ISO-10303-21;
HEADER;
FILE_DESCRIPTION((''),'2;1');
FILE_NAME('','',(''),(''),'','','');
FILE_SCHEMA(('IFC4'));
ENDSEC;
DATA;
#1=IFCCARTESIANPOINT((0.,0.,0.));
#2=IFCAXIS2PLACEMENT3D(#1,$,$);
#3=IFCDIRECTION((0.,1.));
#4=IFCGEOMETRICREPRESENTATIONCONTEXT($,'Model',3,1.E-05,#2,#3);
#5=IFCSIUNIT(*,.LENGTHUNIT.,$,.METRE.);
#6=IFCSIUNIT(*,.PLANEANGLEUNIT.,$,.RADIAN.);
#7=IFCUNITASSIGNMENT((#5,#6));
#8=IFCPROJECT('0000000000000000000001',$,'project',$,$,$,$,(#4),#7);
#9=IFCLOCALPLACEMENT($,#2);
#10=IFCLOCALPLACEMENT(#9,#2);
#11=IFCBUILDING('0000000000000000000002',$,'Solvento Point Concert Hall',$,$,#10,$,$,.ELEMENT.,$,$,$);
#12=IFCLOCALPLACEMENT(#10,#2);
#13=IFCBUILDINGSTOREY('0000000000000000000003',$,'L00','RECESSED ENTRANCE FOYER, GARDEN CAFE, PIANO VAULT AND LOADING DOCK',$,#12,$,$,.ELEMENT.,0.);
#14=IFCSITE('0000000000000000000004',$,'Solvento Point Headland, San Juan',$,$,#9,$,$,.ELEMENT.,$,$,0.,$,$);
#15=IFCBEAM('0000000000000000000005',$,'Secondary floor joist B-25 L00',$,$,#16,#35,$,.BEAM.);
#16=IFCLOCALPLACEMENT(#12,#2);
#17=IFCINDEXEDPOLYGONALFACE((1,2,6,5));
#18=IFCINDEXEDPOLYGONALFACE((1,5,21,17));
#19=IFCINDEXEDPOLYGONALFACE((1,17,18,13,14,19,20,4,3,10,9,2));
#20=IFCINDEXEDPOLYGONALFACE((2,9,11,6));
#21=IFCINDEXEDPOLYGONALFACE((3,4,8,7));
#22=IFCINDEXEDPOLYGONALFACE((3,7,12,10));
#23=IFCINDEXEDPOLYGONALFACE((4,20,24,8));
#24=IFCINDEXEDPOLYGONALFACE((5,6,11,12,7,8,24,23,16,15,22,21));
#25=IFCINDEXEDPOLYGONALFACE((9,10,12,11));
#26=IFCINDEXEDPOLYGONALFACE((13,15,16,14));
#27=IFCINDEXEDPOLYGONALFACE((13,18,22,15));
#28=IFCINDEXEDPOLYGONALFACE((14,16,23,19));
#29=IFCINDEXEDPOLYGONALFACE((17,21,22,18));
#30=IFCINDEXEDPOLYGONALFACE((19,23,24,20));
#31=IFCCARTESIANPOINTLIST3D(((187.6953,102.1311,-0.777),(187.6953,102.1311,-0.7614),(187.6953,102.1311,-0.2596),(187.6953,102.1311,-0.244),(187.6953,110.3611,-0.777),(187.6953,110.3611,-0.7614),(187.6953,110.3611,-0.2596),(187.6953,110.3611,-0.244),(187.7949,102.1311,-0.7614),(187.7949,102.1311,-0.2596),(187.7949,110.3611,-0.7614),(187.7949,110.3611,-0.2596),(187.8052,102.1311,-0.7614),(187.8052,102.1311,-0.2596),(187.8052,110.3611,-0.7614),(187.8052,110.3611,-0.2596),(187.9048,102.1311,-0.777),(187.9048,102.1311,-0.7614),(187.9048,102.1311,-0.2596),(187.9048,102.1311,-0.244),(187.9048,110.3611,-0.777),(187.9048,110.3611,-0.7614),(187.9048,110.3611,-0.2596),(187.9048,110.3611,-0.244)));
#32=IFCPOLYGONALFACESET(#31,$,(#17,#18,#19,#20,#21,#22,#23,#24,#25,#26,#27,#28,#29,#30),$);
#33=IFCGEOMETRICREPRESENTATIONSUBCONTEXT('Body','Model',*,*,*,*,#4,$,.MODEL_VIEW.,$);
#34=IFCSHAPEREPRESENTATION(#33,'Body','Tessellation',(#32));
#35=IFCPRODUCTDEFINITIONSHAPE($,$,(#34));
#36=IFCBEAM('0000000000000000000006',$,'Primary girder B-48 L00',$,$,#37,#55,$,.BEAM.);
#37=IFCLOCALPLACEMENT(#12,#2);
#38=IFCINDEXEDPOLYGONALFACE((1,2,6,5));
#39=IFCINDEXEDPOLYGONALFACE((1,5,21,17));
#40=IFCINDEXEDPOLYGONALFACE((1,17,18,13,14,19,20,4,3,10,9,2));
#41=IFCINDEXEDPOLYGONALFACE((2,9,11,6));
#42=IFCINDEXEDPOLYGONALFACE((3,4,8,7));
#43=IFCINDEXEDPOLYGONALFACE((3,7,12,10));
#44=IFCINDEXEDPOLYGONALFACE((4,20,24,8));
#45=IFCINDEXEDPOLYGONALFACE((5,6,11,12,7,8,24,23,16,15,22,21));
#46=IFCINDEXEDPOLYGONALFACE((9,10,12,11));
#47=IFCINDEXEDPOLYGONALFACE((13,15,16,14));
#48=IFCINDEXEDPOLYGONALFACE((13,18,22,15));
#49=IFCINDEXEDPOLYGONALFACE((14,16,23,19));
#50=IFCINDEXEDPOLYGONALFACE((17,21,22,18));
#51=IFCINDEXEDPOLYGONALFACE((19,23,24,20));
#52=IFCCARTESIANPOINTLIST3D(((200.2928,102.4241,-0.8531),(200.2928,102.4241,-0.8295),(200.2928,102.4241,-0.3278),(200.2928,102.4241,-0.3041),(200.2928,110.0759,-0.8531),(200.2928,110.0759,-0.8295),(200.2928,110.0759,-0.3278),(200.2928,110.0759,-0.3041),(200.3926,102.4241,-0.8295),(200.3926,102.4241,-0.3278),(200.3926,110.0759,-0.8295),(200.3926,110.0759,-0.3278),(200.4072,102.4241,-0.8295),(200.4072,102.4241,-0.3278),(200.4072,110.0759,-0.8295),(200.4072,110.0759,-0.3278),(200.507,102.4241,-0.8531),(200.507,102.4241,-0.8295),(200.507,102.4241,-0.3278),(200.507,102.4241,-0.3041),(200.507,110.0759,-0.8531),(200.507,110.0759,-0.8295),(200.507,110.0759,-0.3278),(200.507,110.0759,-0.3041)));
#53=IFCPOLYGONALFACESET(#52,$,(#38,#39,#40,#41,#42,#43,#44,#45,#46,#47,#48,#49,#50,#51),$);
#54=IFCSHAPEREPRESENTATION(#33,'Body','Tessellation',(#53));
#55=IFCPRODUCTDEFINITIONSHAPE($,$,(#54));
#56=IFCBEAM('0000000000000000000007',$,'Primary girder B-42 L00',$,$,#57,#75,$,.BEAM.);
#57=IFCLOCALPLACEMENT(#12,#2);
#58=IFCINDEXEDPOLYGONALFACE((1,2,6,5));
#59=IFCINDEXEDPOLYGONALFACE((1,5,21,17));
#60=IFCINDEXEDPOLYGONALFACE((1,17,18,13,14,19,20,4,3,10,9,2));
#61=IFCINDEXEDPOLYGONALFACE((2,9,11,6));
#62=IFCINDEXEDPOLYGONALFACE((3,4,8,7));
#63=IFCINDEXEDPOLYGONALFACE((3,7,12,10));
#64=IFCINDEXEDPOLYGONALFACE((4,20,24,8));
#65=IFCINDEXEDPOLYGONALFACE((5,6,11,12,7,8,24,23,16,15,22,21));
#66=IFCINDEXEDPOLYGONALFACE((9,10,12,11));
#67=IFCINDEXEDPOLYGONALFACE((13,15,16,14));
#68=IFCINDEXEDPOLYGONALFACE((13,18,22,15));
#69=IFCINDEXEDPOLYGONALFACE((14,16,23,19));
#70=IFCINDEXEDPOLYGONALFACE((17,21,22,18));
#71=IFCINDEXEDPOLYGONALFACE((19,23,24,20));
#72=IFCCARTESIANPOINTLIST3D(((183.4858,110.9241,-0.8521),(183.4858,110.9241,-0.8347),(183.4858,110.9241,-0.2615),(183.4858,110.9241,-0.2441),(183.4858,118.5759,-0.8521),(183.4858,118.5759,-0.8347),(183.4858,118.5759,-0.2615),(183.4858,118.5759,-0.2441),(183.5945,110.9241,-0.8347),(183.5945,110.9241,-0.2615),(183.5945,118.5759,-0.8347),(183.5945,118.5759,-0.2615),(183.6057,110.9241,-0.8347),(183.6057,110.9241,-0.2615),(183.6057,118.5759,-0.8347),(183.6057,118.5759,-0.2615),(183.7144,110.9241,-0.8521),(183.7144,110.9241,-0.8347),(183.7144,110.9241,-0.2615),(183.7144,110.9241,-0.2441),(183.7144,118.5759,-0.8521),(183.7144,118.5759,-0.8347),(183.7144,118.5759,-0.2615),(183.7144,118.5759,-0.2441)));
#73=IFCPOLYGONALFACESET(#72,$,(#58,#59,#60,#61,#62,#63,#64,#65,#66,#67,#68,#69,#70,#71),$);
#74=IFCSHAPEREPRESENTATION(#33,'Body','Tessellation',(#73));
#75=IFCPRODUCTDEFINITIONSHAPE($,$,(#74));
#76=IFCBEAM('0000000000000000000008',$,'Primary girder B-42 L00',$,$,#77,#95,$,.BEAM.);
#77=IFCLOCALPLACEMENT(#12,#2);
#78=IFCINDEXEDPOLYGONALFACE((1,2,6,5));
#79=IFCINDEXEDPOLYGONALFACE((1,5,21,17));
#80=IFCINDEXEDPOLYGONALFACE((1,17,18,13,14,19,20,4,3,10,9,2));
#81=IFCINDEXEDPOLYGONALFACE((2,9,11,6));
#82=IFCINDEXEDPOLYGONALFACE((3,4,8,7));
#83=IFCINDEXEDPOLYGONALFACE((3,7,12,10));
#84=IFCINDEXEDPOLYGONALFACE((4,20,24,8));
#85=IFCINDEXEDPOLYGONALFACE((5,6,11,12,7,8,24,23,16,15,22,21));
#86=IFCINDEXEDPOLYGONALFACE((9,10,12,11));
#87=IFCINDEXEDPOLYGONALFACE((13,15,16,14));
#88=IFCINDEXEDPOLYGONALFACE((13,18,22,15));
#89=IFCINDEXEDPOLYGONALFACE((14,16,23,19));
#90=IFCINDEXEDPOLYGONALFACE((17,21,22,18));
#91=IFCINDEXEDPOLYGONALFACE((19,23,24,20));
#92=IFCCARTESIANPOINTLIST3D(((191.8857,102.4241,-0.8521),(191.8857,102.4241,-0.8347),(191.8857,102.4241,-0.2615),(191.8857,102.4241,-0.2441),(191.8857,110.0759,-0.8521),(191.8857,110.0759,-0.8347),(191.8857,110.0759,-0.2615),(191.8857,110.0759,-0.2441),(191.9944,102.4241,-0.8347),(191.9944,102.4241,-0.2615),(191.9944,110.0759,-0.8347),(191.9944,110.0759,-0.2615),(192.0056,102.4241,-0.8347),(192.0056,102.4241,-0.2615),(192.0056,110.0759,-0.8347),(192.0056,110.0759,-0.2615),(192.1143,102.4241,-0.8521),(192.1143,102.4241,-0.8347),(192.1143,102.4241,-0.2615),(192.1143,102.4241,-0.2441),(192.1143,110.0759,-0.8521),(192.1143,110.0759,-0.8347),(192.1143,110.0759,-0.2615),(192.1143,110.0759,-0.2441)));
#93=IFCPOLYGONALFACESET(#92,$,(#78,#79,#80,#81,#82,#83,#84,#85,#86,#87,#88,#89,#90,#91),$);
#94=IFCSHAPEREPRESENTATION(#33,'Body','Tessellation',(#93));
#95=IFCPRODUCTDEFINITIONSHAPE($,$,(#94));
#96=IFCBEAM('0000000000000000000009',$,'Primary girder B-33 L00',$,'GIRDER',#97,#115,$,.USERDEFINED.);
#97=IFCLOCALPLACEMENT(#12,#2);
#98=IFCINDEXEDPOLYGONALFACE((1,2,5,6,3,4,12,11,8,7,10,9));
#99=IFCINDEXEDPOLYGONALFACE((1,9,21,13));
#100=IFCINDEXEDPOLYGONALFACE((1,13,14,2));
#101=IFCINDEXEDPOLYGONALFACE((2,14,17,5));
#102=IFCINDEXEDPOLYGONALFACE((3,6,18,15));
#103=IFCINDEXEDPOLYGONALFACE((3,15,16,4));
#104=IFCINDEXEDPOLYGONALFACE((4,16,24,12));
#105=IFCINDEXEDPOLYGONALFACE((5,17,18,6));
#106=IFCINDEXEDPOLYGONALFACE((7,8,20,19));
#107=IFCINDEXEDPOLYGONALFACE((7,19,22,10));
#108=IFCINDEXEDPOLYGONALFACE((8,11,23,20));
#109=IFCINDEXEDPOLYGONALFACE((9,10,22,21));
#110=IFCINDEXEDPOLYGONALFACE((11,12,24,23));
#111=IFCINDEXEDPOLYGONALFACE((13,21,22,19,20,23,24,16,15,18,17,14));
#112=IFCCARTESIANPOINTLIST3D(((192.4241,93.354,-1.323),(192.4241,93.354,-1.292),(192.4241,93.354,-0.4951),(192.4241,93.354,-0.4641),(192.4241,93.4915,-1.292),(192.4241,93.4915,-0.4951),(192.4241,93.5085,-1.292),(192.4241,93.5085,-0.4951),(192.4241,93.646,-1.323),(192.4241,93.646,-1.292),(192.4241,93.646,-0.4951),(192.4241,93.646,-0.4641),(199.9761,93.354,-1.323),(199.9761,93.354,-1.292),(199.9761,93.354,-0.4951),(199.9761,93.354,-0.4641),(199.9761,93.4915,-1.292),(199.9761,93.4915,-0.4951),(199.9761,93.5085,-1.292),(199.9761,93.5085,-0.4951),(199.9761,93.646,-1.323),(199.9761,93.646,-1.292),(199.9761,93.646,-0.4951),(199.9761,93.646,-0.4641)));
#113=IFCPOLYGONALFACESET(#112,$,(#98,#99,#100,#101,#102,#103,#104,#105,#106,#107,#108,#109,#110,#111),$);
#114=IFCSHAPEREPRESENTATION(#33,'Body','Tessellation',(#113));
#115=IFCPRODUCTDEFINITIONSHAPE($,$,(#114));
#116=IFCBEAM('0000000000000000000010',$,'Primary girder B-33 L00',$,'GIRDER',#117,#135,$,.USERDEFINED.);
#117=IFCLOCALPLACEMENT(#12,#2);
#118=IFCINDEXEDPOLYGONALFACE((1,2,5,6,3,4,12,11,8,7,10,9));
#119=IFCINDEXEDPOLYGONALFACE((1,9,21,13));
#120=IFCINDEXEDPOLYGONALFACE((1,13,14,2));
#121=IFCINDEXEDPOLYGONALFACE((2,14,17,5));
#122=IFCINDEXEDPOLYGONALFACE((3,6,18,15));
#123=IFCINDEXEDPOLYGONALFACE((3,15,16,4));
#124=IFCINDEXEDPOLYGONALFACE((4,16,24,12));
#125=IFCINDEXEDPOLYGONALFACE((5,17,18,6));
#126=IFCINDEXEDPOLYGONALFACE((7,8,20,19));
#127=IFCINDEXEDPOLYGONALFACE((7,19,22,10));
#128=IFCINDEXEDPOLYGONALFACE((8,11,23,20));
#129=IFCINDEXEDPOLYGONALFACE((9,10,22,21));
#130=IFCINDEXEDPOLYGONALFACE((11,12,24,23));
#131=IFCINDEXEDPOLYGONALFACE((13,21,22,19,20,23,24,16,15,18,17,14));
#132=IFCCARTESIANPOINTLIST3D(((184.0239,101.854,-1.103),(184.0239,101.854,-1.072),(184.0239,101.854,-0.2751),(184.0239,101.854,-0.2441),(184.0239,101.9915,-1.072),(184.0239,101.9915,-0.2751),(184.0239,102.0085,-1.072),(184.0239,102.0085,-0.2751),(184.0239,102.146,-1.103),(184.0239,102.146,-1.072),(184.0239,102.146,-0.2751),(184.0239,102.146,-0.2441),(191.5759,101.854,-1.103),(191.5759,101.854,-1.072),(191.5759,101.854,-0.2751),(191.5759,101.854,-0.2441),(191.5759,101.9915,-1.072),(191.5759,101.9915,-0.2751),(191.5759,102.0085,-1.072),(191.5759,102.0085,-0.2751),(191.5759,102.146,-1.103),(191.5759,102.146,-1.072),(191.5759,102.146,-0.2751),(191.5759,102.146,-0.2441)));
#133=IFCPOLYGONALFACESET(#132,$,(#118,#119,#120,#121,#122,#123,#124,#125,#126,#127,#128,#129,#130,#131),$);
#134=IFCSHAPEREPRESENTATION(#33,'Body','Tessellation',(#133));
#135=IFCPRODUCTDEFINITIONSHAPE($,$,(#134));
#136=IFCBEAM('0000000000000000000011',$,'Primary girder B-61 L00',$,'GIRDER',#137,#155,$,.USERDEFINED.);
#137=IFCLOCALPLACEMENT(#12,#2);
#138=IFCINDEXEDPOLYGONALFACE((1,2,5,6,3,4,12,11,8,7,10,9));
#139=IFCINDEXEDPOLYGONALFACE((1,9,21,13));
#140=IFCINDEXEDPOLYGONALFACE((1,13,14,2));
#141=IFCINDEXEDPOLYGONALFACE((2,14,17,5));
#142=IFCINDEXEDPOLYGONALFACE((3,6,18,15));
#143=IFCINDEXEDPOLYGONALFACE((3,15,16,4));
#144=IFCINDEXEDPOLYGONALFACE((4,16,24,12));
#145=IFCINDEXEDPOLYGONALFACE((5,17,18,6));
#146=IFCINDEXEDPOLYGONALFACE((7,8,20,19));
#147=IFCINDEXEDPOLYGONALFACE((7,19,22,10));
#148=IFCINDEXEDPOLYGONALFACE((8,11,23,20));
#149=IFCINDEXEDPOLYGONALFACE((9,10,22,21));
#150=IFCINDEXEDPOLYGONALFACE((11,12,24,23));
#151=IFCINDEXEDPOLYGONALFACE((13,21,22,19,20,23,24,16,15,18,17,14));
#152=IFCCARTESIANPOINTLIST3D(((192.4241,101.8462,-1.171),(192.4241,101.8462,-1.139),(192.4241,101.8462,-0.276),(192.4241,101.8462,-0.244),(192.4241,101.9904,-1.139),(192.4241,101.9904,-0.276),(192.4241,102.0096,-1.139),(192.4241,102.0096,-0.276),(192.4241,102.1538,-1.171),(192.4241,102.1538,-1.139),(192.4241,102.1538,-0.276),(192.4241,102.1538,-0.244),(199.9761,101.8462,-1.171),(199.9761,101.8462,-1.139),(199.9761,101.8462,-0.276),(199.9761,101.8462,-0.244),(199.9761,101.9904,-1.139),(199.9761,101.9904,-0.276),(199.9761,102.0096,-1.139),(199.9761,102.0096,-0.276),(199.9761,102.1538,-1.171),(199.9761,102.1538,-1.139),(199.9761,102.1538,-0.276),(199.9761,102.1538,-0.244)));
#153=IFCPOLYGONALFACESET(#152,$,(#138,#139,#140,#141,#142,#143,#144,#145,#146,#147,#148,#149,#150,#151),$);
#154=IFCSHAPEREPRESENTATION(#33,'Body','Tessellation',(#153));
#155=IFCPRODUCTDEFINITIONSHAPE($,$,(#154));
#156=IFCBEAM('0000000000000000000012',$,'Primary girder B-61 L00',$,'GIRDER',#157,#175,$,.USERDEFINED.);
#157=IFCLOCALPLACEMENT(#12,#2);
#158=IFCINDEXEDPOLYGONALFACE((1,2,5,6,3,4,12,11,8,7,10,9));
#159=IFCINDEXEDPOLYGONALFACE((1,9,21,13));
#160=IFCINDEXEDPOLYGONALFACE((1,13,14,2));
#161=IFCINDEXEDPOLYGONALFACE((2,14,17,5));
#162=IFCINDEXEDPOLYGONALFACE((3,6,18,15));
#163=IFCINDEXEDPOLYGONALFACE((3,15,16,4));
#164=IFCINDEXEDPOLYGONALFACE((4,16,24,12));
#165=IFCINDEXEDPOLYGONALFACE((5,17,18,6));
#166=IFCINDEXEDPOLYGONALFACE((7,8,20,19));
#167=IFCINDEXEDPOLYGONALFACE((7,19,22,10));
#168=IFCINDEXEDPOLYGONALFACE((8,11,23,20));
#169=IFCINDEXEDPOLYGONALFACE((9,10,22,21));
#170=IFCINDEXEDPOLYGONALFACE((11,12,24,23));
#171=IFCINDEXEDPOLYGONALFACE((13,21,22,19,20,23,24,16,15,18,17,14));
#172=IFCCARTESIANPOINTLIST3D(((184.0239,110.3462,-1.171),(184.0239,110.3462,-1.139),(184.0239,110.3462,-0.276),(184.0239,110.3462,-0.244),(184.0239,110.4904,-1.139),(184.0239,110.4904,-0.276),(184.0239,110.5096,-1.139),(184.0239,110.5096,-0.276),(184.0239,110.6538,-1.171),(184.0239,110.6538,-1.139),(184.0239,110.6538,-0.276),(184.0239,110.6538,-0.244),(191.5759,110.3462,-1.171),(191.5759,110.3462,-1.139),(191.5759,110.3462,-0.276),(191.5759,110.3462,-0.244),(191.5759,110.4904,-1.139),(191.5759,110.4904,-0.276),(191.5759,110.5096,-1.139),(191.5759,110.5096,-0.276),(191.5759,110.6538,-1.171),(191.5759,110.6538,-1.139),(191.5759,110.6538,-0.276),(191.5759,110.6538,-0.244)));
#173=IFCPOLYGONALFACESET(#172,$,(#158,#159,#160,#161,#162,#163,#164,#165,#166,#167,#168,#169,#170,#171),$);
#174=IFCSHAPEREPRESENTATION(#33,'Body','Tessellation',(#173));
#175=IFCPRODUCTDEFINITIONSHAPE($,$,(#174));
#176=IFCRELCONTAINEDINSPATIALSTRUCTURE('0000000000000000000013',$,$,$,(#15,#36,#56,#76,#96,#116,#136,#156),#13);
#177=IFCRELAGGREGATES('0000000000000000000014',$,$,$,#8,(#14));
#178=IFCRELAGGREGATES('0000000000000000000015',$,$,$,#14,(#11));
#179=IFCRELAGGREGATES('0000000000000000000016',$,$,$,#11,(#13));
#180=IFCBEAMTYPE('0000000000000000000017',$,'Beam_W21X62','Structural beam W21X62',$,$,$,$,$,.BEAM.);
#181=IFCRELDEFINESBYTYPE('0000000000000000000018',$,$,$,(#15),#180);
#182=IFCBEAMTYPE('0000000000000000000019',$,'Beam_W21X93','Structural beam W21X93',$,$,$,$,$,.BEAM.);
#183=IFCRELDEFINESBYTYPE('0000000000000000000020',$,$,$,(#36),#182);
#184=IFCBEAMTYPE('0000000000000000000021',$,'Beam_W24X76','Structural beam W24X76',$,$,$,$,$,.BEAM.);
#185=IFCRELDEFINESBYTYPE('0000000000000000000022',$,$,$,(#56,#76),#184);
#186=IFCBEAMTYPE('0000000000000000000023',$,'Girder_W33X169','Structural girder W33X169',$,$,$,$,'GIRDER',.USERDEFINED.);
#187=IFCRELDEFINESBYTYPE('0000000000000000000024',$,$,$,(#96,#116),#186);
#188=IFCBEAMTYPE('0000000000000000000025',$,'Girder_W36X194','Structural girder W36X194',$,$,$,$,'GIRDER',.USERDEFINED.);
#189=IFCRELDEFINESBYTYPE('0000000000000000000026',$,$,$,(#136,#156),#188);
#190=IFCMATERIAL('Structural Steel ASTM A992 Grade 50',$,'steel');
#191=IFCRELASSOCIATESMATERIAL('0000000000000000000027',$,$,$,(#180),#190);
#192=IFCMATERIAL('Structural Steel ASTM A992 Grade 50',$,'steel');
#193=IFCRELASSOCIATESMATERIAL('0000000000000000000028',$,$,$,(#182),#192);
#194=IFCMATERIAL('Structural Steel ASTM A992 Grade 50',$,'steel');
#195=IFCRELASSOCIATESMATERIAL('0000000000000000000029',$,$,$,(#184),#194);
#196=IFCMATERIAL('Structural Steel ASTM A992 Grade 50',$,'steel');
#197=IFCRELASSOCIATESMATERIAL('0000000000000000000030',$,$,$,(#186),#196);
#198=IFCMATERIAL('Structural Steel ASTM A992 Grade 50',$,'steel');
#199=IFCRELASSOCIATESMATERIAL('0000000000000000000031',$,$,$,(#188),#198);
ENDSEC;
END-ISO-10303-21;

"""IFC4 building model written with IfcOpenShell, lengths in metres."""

from ifc_helpers import new_model, si_unit, direction, frame, origin, origin_2d, place, context, subcontext, project, spatial, i_section, extrude, material, material_profile, profile_set, type_object, element, save


model = new_model("IFC4")

# Units and contexts
model_context = context("Model", 3, precision=1e-05, world=origin(), true_north=direction((0.0, 1.0)))
body_context = subcontext(model_context, "Body", "Model", "MODEL_VIEW")
ifc_project = project(units=[si_unit("LENGTHUNIT", "METRE"), si_unit("PLANEANGLEUNIT", "RADIAN")], contexts=[model_context])

# Site, building, storey
site_placement = place(None, origin())
site = spatial("IfcSite", under=ifc_project, at=site_placement, Name="Solvento Point Headland, San Juan", CompositionType="ELEMENT", RefElevation=0.0)
building_placement = place(site_placement, origin())
building = spatial("IfcBuilding", under=site, at=building_placement, Name="Solvento Point Concert Hall", CompositionType="ELEMENT")
storey_placement = place(building_placement, origin())
storey = spatial("IfcBuildingStorey", under=building, at=storey_placement, Name="L00", Description="RECESSED ENTRANCE FOYER, GARDEN CAFE, PIANO VAULT AND LOADING DOCK", CompositionType="ELEMENT", Elevation=0.0)

# Beams
ifc_material_1 = material(Name="Structural Steel ASTM A992 Grade 50", Category="steel")
ifc_material_profile_1 = material_profile(ifc_material_1, i_section(OverallWidth=0.2095, OverallDepth=0.533, WebThickness=0.0103, FlangeThickness=0.0156, at=origin_2d()), Name="W21X62")
ifc_profile_set_1 = profile_set([ifc_material_profile_1], Name="Structural Steel ASTM A992 Grade 50")
beam_type_1 = type_object("IfcBeamType", Name="Beam_W21X62", Description="Structural beam W21X62", PredefinedType="BEAM", material=ifc_profile_set_1)
beam_1_placement = place(storey_placement, frame((187.8, 102.1311, -0.5105), z_axis=(0.0, 1.0, 0.0), x_axis=(-1.0, 0.0, 0.0)))
element("IfcBeam", 1, at=beam_1_placement, inside=storey, type_object=beam_type_1, Name="Secondary floor joist B-25 L00", PredefinedType="BEAM", context=body_context, shape_type="SweptSolid", body=[
    extrude(i_section(OverallWidth=0.2095, OverallDepth=0.533, WebThickness=0.0103, FlangeThickness=0.0156, at=origin_2d()), origin(), (0.0, 0.0, 1.0), 8.23),
])
ifc_material_2 = material(Name="Structural Steel ASTM A992 Grade 50", Category="steel")
ifc_material_profile_2 = material_profile(ifc_material_2, i_section(OverallWidth=0.2141, OverallDepth=0.5491, WebThickness=0.0146, FlangeThickness=0.0237, at=origin_2d()), Name="W21X93")
ifc_profile_set_2 = profile_set([ifc_material_profile_2], Name="Structural Steel ASTM A992 Grade 50")
beam_type_2 = type_object("IfcBeamType", Name="Beam_W21X93", Description="Structural beam W21X93", PredefinedType="BEAM", material=ifc_profile_set_2)
beam_2_placement = place(storey_placement, frame((200.3999, 102.4241, -0.5786), z_axis=(0.0, 1.0, 0.0), x_axis=(-1.0, 0.0, 0.0)))
element("IfcBeam", 2, at=beam_2_placement, inside=storey, type_object=beam_type_2, Name="Primary girder B-48 L00", PredefinedType="BEAM", context=body_context, shape_type="SweptSolid", body=[
    extrude(i_section(OverallWidth=0.2141, OverallDepth=0.5491, WebThickness=0.0146, FlangeThickness=0.0237, at=origin_2d()), origin(), (0.0, 0.0, 1.0), 7.6519),
])
ifc_material_3 = material(Name="Structural Steel ASTM A992 Grade 50", Category="steel")
ifc_material_profile_3 = material_profile(ifc_material_3, i_section(OverallWidth=0.2285, OverallDepth=0.6079, WebThickness=0.0112, FlangeThickness=0.0173, at=origin_2d()), Name="W24X76")
ifc_profile_set_3 = profile_set([ifc_material_profile_3], Name="Structural Steel ASTM A992 Grade 50")
beam_type_3 = type_object("IfcBeamType", Name="Beam_W24X76", Description="Structural beam W24X76", PredefinedType="BEAM", material=ifc_profile_set_3)
for number, where, z_axis, x_axis, name in (
    (3, (183.6001, 110.9241, -0.5481), (0.0, 1.0, 0.0), (-1.0, 0.0, 0.0), "Primary girder B-42 L00"),
    (4, (192.0, 102.4241, -0.5481), (0.0, 1.0, 0.0), (-1.0, 0.0, 0.0), "Primary girder B-42 L00"),
):
    element("IfcBeam", number, at=place(storey_placement, frame(where, z_axis=z_axis, x_axis=x_axis)), inside=storey, type_object=beam_type_3, Name=name, PredefinedType="BEAM", context=body_context, shape_type="SweptSolid", body=[
        extrude(i_section(OverallWidth=0.2285, OverallDepth=0.6079, WebThickness=0.0112, FlangeThickness=0.0173, at=origin_2d()), origin(), (0.0, 0.0, 1.0), 7.6519),
    ])
ifc_material_4 = material(Name="Structural Steel ASTM A992 Grade 50", Category="steel")
ifc_material_profile_4 = material_profile(ifc_material_4, i_section(OverallWidth=0.292, OverallDepth=0.8589, WebThickness=0.0171, FlangeThickness=0.031, at=origin_2d()), Name="W33X169")
ifc_profile_set_4 = profile_set([ifc_material_profile_4], Name="Structural Steel ASTM A992 Grade 50")
beam_type_4 = type_object("IfcBeamType", Name="Girder_W33X169", Description="Structural girder W33X169", ElementType="GIRDER", PredefinedType="USERDEFINED", material=ifc_profile_set_4)
for number, where, z_axis, x_axis, name in (
    (5, (192.4241, 93.5, -0.8936), (1.0, 0.0, 0.0), (0.0, 1.0, 0.0), "Primary girder B-33 L00"),
    (6, (184.0239, 102.0, -0.6736), (1.0, 0.0, 0.0), (0.0, 1.0, 0.0), "Primary girder B-33 L00"),
):
    element("IfcBeam", number, at=place(storey_placement, frame(where, z_axis=z_axis, x_axis=x_axis)), inside=storey, type_object=beam_type_4, Name=name, ObjectType="GIRDER", PredefinedType="USERDEFINED", context=body_context, shape_type="SweptSolid", body=[
        extrude(i_section(OverallWidth=0.292, OverallDepth=0.8589, WebThickness=0.0171, FlangeThickness=0.031, at=origin_2d()), origin(), (0.0, 0.0, 1.0), 7.552),
    ])
ifc_material_5 = material(Name="Structural Steel ASTM A992 Grade 50", Category="steel")
ifc_material_profile_5 = material_profile(ifc_material_5, i_section(OverallWidth=0.3076, OverallDepth=0.927, WebThickness=0.0193, FlangeThickness=0.032, at=origin_2d()), Name="W36X194")
ifc_profile_set_5 = profile_set([ifc_material_profile_5], Name="Structural Steel ASTM A992 Grade 50")
beam_type_5 = type_object("IfcBeamType", Name="Girder_W36X194", Description="Structural girder W36X194", ElementType="GIRDER", PredefinedType="USERDEFINED", material=ifc_profile_set_5)
for number, where, z_axis, x_axis, name in (
    (7, (192.4241, 102.0, -0.7075), (1.0, 0.0, 0.0), (0.0, 1.0, 0.0), "Primary girder B-61 L00"),
    (8, (184.0239, 110.5, -0.7075), (1.0, 0.0, 0.0), (0.0, 1.0, 0.0), "Primary girder B-61 L00"),
):
    element("IfcBeam", number, at=place(storey_placement, frame(where, z_axis=z_axis, x_axis=x_axis)), inside=storey, type_object=beam_type_5, Name=name, ObjectType="GIRDER", PredefinedType="USERDEFINED", context=body_context, shape_type="SweptSolid", body=[
        extrude(i_section(OverallWidth=0.3076, OverallDepth=0.927, WebThickness=0.0193, FlangeThickness=0.032, at=origin_2d()), origin(), (0.0, 0.0, 1.0), 7.552),
    ])

save(model, "model.ifc")
